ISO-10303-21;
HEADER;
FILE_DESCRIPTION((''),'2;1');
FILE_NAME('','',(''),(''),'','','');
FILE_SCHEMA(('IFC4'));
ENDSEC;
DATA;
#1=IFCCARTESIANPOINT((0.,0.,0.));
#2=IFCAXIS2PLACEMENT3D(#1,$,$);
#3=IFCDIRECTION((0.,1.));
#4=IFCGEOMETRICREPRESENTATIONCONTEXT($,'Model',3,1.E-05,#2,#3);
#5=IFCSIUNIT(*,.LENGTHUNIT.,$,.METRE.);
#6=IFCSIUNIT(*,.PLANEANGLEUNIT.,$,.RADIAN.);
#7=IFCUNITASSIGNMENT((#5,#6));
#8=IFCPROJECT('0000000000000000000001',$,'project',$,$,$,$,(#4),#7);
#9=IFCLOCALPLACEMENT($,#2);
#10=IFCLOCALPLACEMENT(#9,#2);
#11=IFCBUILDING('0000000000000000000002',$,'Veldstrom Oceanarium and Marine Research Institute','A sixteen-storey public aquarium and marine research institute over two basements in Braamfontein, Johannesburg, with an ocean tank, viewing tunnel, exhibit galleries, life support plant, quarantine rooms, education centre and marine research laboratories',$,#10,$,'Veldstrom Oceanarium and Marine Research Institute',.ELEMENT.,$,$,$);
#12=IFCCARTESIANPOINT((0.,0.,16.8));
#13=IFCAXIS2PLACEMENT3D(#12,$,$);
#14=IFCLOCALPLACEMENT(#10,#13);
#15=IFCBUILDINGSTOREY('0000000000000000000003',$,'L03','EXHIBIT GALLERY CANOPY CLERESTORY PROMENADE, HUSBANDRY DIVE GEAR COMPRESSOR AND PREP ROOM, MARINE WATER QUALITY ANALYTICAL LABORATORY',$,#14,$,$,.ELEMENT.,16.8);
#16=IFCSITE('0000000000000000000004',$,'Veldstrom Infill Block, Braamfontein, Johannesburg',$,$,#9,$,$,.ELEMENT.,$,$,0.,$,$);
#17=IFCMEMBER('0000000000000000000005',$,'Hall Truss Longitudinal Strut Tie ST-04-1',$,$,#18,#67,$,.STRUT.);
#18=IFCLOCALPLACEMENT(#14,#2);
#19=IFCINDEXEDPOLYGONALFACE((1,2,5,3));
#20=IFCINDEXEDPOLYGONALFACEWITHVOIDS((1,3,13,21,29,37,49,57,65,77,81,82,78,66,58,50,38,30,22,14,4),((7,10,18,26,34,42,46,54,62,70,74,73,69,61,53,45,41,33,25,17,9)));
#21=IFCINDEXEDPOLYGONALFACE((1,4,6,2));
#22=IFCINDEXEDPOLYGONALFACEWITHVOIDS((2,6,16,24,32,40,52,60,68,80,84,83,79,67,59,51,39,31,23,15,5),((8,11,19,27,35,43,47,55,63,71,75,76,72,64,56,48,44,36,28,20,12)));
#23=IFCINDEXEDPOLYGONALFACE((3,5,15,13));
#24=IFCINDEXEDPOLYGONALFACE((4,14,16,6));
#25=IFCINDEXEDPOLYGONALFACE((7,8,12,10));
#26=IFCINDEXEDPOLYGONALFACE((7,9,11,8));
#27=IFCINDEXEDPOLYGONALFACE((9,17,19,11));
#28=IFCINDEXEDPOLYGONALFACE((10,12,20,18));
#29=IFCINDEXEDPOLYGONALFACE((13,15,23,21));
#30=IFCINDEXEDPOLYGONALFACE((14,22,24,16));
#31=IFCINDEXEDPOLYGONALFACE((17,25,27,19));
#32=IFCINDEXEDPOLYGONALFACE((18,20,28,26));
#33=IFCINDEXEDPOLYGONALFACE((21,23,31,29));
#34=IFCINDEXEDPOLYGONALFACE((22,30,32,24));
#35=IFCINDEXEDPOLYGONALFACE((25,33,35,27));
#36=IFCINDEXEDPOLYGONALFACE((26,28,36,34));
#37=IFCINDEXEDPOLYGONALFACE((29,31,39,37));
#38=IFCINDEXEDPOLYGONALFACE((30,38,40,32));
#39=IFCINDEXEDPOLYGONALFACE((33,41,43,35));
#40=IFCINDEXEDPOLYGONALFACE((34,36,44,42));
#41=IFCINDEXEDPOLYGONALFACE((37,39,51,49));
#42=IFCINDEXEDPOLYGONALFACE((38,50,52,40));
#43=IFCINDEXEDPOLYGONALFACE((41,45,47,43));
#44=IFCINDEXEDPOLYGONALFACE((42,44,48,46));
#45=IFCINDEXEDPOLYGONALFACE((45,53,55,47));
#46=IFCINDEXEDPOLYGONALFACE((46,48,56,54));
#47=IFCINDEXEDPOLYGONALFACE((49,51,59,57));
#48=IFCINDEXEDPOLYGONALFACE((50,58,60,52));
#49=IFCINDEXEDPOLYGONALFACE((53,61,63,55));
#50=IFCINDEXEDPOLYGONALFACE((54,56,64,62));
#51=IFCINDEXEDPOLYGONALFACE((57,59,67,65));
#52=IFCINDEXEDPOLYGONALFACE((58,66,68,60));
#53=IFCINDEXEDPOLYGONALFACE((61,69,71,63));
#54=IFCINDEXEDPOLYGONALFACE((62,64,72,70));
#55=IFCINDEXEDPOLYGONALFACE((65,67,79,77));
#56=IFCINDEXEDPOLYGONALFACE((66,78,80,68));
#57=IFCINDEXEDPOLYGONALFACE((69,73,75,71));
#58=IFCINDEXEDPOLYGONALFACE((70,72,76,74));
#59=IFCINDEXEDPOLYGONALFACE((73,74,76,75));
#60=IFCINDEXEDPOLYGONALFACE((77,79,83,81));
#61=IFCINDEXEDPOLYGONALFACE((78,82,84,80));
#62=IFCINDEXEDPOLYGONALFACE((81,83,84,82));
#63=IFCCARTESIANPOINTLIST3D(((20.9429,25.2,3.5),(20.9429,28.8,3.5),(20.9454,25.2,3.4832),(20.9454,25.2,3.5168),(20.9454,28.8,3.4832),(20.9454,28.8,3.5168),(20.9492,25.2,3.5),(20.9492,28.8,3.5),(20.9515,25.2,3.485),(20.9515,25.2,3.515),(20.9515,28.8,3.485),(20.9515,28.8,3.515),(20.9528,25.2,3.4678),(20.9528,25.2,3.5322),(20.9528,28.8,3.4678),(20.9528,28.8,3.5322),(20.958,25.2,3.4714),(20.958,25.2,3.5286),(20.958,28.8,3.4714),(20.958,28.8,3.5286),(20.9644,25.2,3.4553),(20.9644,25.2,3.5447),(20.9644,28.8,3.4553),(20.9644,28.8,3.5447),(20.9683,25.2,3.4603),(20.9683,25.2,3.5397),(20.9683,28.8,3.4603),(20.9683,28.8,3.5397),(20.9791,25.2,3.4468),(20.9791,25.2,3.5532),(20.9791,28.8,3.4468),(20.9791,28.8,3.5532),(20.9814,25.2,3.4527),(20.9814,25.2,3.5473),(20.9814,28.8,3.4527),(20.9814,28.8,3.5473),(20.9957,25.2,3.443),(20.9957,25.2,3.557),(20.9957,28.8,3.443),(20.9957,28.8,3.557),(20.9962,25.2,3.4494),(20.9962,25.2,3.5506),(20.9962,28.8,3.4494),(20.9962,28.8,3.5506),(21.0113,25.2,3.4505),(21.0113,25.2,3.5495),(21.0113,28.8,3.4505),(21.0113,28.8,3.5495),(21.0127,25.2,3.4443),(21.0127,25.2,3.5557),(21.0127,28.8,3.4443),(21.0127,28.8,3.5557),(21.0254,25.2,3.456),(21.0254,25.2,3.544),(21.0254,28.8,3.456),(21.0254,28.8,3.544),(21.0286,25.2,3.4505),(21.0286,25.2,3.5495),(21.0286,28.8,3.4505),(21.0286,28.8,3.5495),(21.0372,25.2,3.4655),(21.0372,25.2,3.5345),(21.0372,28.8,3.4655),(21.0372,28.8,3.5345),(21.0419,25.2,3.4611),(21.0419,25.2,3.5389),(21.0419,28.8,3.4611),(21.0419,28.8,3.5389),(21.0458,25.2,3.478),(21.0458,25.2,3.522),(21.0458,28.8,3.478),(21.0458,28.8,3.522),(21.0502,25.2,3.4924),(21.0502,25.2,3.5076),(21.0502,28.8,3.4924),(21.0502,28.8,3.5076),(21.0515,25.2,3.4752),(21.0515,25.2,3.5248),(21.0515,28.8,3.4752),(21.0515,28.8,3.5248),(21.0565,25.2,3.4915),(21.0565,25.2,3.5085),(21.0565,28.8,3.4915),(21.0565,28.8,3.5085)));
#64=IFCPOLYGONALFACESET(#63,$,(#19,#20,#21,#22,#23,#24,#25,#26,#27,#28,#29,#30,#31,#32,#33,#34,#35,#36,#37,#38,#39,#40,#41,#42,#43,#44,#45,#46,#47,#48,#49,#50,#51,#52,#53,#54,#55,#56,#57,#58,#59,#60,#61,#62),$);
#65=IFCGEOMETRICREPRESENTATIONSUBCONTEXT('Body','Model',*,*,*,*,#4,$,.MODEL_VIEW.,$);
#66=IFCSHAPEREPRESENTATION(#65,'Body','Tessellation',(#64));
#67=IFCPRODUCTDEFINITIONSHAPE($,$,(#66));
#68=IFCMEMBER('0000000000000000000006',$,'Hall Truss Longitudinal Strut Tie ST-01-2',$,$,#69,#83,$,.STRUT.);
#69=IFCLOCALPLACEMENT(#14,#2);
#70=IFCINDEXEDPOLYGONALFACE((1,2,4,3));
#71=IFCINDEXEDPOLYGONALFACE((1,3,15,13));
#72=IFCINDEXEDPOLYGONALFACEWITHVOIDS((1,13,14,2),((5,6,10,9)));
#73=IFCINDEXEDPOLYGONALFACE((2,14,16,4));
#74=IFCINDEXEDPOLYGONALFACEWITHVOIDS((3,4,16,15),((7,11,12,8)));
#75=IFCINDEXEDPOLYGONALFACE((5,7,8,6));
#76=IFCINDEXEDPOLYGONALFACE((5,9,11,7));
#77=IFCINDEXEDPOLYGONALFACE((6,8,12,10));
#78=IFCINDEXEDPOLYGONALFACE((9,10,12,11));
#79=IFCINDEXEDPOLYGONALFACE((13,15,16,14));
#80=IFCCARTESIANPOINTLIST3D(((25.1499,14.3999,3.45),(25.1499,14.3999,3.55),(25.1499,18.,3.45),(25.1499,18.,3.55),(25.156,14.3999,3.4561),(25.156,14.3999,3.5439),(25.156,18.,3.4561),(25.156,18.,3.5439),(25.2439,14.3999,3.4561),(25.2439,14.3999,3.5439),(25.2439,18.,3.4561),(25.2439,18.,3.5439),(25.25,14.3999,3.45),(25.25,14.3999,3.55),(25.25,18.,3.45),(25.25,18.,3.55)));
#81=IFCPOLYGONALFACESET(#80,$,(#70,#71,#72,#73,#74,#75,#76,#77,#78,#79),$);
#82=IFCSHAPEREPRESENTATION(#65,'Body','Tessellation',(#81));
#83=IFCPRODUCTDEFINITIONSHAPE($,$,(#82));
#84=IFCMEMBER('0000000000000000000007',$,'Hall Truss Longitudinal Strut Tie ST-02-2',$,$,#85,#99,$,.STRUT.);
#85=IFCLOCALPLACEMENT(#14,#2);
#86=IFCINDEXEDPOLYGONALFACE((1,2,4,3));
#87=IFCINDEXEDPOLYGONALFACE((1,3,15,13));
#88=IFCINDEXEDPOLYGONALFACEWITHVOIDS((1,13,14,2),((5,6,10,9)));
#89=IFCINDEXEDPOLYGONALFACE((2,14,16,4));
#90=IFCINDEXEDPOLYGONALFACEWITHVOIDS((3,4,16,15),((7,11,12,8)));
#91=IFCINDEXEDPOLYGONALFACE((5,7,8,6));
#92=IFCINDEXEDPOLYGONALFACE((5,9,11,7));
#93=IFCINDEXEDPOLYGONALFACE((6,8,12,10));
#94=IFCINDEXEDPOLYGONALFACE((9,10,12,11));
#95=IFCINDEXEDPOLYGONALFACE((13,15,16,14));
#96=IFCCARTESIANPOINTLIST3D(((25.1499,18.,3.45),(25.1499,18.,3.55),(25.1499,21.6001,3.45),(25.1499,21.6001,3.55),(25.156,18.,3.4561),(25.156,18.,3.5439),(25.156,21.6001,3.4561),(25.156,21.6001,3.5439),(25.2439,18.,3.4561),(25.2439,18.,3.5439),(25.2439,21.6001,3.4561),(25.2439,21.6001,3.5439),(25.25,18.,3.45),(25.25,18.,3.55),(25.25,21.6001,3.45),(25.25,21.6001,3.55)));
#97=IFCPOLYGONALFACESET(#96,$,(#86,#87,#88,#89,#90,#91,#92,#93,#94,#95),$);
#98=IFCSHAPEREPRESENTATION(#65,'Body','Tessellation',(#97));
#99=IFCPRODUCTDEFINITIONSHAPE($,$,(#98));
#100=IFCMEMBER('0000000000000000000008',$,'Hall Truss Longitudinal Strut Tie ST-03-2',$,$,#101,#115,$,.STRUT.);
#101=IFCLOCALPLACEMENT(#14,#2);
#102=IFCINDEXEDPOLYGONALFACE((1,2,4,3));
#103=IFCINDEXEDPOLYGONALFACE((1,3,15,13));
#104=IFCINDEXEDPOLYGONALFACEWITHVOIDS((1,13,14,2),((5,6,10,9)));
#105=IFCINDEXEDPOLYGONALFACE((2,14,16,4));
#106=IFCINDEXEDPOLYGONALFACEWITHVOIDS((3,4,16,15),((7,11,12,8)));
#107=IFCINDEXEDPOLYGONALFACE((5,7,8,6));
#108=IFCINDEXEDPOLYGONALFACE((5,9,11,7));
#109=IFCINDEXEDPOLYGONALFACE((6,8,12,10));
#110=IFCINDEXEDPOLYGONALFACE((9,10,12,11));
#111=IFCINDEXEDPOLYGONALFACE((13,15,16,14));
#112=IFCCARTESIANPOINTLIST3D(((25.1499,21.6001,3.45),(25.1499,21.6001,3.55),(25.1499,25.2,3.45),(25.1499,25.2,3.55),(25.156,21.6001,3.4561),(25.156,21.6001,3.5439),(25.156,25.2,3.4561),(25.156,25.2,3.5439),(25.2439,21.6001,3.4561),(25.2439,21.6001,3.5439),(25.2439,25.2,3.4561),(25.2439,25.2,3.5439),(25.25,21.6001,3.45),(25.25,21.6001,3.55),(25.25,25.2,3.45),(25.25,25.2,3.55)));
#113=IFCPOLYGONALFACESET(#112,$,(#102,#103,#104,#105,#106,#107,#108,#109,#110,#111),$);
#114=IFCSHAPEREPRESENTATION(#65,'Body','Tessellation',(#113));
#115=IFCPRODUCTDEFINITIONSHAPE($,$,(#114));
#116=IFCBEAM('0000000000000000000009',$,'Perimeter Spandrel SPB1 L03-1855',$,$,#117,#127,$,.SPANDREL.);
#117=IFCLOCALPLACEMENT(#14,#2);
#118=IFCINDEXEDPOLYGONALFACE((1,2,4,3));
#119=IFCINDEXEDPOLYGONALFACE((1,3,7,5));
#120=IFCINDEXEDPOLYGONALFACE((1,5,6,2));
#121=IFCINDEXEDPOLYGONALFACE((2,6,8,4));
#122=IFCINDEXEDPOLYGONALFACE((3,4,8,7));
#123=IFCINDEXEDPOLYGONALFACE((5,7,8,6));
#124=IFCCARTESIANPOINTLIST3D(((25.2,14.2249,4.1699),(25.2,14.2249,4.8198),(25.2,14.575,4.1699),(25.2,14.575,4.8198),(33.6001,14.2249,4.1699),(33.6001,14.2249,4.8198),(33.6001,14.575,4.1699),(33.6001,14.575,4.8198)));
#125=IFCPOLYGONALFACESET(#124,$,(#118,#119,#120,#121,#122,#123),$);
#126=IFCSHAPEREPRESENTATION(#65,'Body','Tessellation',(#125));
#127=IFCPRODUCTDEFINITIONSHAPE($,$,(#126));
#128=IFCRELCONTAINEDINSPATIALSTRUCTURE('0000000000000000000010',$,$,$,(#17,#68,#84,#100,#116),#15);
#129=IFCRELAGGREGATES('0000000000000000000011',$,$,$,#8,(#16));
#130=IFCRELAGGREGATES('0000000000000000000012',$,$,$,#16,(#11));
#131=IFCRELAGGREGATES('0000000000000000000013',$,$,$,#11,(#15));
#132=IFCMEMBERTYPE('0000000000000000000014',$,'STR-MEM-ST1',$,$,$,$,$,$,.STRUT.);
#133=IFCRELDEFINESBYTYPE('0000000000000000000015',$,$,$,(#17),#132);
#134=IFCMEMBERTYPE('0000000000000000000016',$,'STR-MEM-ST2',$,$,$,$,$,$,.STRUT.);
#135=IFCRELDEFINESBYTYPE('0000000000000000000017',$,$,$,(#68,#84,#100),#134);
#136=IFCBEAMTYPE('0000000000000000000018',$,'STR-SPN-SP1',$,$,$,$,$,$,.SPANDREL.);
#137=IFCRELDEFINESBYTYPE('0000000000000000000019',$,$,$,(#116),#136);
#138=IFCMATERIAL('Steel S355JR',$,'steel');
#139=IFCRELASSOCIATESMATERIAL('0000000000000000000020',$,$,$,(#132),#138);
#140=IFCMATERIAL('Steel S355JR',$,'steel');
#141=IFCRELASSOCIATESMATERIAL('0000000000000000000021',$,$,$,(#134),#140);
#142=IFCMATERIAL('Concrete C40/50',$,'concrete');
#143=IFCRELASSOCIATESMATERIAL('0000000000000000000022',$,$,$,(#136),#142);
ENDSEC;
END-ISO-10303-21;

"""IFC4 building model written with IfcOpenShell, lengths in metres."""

from ifc_helpers import new_model, si_unit, direction, frame, origin, origin_2d, place, context, subcontext, project, spatial, rectangle, hollow_rectangle, hollow_circle, extrude, material, material_profile, profile_set, type_object, element, save


model = new_model("IFC4")

# Units and contexts
model_context = context("Model", 3, precision=1e-05, world=origin(), true_north=direction((0.0, 1.0)))
body_context = subcontext(model_context, "Body", "Model", "MODEL_VIEW")
ifc_project = project(units=[si_unit("LENGTHUNIT", "METRE"), si_unit("PLANEANGLEUNIT", "RADIAN")], contexts=[model_context])

# Site, building, storey
site_placement = place(None, origin())
site = spatial("IfcSite", under=ifc_project, at=site_placement, Name="Veldstrom Infill Block, Braamfontein, Johannesburg", CompositionType="ELEMENT", RefElevation=0.0)
building_placement = place(site_placement, origin())
building = spatial("IfcBuilding", under=site, at=building_placement, Name="Veldstrom Oceanarium and Marine Research Institute", Description="A sixteen-storey public aquarium and marine research institute over two basements in Braamfontein, Johannesburg, with an ocean tank, viewing tunnel, exhibit galleries, life support plant, quarantine rooms, education centre and marine research laboratories", LongName="Veldstrom Oceanarium and Marine Research Institute", CompositionType="ELEMENT")
storey_placement = place(building_placement, frame((0.0, 0.0, 16.8)))
storey = spatial("IfcBuildingStorey", under=building, at=storey_placement, Name="L03", Description="EXHIBIT GALLERY CANOPY CLERESTORY PROMENADE, HUSBANDRY DIVE GEAR COMPRESSOR AND PREP ROOM, MARINE WATER QUALITY ANALYTICAL LABORATORY", CompositionType="ELEMENT", Elevation=16.8)

# Members
ifc_material_1 = material(Name="Steel S355JR", Category="steel")
ifc_material_profile_1 = material_profile(ifc_material_1, hollow_circle(Radius=0.0571, WallThickness=0.0063, at=origin_2d()), Name="CHS 114.3x6.3")
ifc_profile_set_1 = profile_set([ifc_material_profile_1], Name="Steel S355JR")
member_type_1 = type_object("IfcMemberType", Name="STR-MEM-ST1", PredefinedType="STRUT", material=ifc_profile_set_1)
member_1_placement = place(storey_placement, frame((21.0, 25.2, 3.5), z_axis=(0.0, 1.0, 0.0), x_axis=(-1.0, 0.0, 0.0)))
element("IfcMember", 1, at=member_1_placement, inside=storey, type_object=member_type_1, Name="Hall Truss Longitudinal Strut Tie ST-04-1", PredefinedType="STRUT", context=body_context, shape_type="SweptSolid", body=[
    extrude(hollow_circle(Radius=0.0571, WallThickness=0.0063, at=origin_2d()), origin(), (0.0, 0.0, 1.0), 3.6001),
])
ifc_material_2 = material(Name="Steel S355JR", Category="steel")
ifc_material_profile_2 = material_profile(ifc_material_2, hollow_rectangle(XDim=0.1001, YDim=0.1001, WallThickness=0.0061, at=origin_2d()), Name="SHS 100x100x6")
ifc_profile_set_2 = profile_set([ifc_material_profile_2], Name="Steel S355JR")
member_type_2 = type_object("IfcMemberType", Name="STR-MEM-ST2", PredefinedType="STRUT", material=ifc_profile_set_2)
for number, where, z_axis, x_axis, name in (
    (2, (25.2, 14.3999, 3.5), (0.0, 1.0, 0.0), (-1.0, 0.0, 0.0), "Hall Truss Longitudinal Strut Tie ST-01-2"),
    (3, (25.2, 18.0, 3.5), (0.0, 1.0, 0.0), (-1.0, 0.0, 0.0), "Hall Truss Longitudinal Strut Tie ST-02-2"),
):
    element("IfcMember", number, at=place(storey_placement, frame(where, z_axis=z_axis, x_axis=x_axis)), inside=storey, type_object=member_type_2, Name=name, PredefinedType="STRUT", context=body_context, shape_type="SweptSolid", body=[
        extrude(hollow_rectangle(XDim=0.1001, YDim=0.1001, WallThickness=0.0061, at=origin_2d()), origin(), (0.0, 0.0, 1.0), 3.6001),
    ])
member_2_placement = place(storey_placement, frame((25.2, 21.6001, 3.5), z_axis=(0.0, 1.0, 0.0), x_axis=(-1.0, 0.0, 0.0)))
element("IfcMember", 4, at=member_2_placement, inside=storey, type_object=member_type_2, Name="Hall Truss Longitudinal Strut Tie ST-03-2", PredefinedType="STRUT", context=body_context, shape_type="SweptSolid", body=[
    extrude(hollow_rectangle(XDim=0.1001, YDim=0.1001, WallThickness=0.0061, at=origin_2d()), origin(), (0.0, 0.0, 1.0), 3.5999),
])

# Beam
ifc_material_3 = material(Name="Concrete C40/50", Category="concrete")
ifc_material_profile_3 = material_profile(ifc_material_3, rectangle(XDim=0.3501, YDim=0.6499, at=origin_2d()), Name="RC-SPN-350x650")
ifc_profile_set_3 = profile_set([ifc_material_profile_3], Name="Concrete C40/50")
beam_type = type_object("IfcBeamType", Name="STR-SPN-SP1", PredefinedType="SPANDREL", material=ifc_profile_set_3)
beam_placement = place(storey_placement, frame((25.2, 14.3999, 4.4949), z_axis=(1.0, 0.0, 0.0), x_axis=(0.0, 1.0, 0.0)))
element("IfcBeam", 5, at=beam_placement, inside=storey, type_object=beam_type, Name="Perimeter Spandrel SPB1 L03-1855", PredefinedType="SPANDREL", context=body_context, shape_type="SweptSolid", body=[
    extrude(rectangle(XDim=0.3501, YDim=0.6499, at=origin_2d()), origin(), (0.0, 0.0, 1.0), 8.4001),
])

save(model, "model.ifc")
